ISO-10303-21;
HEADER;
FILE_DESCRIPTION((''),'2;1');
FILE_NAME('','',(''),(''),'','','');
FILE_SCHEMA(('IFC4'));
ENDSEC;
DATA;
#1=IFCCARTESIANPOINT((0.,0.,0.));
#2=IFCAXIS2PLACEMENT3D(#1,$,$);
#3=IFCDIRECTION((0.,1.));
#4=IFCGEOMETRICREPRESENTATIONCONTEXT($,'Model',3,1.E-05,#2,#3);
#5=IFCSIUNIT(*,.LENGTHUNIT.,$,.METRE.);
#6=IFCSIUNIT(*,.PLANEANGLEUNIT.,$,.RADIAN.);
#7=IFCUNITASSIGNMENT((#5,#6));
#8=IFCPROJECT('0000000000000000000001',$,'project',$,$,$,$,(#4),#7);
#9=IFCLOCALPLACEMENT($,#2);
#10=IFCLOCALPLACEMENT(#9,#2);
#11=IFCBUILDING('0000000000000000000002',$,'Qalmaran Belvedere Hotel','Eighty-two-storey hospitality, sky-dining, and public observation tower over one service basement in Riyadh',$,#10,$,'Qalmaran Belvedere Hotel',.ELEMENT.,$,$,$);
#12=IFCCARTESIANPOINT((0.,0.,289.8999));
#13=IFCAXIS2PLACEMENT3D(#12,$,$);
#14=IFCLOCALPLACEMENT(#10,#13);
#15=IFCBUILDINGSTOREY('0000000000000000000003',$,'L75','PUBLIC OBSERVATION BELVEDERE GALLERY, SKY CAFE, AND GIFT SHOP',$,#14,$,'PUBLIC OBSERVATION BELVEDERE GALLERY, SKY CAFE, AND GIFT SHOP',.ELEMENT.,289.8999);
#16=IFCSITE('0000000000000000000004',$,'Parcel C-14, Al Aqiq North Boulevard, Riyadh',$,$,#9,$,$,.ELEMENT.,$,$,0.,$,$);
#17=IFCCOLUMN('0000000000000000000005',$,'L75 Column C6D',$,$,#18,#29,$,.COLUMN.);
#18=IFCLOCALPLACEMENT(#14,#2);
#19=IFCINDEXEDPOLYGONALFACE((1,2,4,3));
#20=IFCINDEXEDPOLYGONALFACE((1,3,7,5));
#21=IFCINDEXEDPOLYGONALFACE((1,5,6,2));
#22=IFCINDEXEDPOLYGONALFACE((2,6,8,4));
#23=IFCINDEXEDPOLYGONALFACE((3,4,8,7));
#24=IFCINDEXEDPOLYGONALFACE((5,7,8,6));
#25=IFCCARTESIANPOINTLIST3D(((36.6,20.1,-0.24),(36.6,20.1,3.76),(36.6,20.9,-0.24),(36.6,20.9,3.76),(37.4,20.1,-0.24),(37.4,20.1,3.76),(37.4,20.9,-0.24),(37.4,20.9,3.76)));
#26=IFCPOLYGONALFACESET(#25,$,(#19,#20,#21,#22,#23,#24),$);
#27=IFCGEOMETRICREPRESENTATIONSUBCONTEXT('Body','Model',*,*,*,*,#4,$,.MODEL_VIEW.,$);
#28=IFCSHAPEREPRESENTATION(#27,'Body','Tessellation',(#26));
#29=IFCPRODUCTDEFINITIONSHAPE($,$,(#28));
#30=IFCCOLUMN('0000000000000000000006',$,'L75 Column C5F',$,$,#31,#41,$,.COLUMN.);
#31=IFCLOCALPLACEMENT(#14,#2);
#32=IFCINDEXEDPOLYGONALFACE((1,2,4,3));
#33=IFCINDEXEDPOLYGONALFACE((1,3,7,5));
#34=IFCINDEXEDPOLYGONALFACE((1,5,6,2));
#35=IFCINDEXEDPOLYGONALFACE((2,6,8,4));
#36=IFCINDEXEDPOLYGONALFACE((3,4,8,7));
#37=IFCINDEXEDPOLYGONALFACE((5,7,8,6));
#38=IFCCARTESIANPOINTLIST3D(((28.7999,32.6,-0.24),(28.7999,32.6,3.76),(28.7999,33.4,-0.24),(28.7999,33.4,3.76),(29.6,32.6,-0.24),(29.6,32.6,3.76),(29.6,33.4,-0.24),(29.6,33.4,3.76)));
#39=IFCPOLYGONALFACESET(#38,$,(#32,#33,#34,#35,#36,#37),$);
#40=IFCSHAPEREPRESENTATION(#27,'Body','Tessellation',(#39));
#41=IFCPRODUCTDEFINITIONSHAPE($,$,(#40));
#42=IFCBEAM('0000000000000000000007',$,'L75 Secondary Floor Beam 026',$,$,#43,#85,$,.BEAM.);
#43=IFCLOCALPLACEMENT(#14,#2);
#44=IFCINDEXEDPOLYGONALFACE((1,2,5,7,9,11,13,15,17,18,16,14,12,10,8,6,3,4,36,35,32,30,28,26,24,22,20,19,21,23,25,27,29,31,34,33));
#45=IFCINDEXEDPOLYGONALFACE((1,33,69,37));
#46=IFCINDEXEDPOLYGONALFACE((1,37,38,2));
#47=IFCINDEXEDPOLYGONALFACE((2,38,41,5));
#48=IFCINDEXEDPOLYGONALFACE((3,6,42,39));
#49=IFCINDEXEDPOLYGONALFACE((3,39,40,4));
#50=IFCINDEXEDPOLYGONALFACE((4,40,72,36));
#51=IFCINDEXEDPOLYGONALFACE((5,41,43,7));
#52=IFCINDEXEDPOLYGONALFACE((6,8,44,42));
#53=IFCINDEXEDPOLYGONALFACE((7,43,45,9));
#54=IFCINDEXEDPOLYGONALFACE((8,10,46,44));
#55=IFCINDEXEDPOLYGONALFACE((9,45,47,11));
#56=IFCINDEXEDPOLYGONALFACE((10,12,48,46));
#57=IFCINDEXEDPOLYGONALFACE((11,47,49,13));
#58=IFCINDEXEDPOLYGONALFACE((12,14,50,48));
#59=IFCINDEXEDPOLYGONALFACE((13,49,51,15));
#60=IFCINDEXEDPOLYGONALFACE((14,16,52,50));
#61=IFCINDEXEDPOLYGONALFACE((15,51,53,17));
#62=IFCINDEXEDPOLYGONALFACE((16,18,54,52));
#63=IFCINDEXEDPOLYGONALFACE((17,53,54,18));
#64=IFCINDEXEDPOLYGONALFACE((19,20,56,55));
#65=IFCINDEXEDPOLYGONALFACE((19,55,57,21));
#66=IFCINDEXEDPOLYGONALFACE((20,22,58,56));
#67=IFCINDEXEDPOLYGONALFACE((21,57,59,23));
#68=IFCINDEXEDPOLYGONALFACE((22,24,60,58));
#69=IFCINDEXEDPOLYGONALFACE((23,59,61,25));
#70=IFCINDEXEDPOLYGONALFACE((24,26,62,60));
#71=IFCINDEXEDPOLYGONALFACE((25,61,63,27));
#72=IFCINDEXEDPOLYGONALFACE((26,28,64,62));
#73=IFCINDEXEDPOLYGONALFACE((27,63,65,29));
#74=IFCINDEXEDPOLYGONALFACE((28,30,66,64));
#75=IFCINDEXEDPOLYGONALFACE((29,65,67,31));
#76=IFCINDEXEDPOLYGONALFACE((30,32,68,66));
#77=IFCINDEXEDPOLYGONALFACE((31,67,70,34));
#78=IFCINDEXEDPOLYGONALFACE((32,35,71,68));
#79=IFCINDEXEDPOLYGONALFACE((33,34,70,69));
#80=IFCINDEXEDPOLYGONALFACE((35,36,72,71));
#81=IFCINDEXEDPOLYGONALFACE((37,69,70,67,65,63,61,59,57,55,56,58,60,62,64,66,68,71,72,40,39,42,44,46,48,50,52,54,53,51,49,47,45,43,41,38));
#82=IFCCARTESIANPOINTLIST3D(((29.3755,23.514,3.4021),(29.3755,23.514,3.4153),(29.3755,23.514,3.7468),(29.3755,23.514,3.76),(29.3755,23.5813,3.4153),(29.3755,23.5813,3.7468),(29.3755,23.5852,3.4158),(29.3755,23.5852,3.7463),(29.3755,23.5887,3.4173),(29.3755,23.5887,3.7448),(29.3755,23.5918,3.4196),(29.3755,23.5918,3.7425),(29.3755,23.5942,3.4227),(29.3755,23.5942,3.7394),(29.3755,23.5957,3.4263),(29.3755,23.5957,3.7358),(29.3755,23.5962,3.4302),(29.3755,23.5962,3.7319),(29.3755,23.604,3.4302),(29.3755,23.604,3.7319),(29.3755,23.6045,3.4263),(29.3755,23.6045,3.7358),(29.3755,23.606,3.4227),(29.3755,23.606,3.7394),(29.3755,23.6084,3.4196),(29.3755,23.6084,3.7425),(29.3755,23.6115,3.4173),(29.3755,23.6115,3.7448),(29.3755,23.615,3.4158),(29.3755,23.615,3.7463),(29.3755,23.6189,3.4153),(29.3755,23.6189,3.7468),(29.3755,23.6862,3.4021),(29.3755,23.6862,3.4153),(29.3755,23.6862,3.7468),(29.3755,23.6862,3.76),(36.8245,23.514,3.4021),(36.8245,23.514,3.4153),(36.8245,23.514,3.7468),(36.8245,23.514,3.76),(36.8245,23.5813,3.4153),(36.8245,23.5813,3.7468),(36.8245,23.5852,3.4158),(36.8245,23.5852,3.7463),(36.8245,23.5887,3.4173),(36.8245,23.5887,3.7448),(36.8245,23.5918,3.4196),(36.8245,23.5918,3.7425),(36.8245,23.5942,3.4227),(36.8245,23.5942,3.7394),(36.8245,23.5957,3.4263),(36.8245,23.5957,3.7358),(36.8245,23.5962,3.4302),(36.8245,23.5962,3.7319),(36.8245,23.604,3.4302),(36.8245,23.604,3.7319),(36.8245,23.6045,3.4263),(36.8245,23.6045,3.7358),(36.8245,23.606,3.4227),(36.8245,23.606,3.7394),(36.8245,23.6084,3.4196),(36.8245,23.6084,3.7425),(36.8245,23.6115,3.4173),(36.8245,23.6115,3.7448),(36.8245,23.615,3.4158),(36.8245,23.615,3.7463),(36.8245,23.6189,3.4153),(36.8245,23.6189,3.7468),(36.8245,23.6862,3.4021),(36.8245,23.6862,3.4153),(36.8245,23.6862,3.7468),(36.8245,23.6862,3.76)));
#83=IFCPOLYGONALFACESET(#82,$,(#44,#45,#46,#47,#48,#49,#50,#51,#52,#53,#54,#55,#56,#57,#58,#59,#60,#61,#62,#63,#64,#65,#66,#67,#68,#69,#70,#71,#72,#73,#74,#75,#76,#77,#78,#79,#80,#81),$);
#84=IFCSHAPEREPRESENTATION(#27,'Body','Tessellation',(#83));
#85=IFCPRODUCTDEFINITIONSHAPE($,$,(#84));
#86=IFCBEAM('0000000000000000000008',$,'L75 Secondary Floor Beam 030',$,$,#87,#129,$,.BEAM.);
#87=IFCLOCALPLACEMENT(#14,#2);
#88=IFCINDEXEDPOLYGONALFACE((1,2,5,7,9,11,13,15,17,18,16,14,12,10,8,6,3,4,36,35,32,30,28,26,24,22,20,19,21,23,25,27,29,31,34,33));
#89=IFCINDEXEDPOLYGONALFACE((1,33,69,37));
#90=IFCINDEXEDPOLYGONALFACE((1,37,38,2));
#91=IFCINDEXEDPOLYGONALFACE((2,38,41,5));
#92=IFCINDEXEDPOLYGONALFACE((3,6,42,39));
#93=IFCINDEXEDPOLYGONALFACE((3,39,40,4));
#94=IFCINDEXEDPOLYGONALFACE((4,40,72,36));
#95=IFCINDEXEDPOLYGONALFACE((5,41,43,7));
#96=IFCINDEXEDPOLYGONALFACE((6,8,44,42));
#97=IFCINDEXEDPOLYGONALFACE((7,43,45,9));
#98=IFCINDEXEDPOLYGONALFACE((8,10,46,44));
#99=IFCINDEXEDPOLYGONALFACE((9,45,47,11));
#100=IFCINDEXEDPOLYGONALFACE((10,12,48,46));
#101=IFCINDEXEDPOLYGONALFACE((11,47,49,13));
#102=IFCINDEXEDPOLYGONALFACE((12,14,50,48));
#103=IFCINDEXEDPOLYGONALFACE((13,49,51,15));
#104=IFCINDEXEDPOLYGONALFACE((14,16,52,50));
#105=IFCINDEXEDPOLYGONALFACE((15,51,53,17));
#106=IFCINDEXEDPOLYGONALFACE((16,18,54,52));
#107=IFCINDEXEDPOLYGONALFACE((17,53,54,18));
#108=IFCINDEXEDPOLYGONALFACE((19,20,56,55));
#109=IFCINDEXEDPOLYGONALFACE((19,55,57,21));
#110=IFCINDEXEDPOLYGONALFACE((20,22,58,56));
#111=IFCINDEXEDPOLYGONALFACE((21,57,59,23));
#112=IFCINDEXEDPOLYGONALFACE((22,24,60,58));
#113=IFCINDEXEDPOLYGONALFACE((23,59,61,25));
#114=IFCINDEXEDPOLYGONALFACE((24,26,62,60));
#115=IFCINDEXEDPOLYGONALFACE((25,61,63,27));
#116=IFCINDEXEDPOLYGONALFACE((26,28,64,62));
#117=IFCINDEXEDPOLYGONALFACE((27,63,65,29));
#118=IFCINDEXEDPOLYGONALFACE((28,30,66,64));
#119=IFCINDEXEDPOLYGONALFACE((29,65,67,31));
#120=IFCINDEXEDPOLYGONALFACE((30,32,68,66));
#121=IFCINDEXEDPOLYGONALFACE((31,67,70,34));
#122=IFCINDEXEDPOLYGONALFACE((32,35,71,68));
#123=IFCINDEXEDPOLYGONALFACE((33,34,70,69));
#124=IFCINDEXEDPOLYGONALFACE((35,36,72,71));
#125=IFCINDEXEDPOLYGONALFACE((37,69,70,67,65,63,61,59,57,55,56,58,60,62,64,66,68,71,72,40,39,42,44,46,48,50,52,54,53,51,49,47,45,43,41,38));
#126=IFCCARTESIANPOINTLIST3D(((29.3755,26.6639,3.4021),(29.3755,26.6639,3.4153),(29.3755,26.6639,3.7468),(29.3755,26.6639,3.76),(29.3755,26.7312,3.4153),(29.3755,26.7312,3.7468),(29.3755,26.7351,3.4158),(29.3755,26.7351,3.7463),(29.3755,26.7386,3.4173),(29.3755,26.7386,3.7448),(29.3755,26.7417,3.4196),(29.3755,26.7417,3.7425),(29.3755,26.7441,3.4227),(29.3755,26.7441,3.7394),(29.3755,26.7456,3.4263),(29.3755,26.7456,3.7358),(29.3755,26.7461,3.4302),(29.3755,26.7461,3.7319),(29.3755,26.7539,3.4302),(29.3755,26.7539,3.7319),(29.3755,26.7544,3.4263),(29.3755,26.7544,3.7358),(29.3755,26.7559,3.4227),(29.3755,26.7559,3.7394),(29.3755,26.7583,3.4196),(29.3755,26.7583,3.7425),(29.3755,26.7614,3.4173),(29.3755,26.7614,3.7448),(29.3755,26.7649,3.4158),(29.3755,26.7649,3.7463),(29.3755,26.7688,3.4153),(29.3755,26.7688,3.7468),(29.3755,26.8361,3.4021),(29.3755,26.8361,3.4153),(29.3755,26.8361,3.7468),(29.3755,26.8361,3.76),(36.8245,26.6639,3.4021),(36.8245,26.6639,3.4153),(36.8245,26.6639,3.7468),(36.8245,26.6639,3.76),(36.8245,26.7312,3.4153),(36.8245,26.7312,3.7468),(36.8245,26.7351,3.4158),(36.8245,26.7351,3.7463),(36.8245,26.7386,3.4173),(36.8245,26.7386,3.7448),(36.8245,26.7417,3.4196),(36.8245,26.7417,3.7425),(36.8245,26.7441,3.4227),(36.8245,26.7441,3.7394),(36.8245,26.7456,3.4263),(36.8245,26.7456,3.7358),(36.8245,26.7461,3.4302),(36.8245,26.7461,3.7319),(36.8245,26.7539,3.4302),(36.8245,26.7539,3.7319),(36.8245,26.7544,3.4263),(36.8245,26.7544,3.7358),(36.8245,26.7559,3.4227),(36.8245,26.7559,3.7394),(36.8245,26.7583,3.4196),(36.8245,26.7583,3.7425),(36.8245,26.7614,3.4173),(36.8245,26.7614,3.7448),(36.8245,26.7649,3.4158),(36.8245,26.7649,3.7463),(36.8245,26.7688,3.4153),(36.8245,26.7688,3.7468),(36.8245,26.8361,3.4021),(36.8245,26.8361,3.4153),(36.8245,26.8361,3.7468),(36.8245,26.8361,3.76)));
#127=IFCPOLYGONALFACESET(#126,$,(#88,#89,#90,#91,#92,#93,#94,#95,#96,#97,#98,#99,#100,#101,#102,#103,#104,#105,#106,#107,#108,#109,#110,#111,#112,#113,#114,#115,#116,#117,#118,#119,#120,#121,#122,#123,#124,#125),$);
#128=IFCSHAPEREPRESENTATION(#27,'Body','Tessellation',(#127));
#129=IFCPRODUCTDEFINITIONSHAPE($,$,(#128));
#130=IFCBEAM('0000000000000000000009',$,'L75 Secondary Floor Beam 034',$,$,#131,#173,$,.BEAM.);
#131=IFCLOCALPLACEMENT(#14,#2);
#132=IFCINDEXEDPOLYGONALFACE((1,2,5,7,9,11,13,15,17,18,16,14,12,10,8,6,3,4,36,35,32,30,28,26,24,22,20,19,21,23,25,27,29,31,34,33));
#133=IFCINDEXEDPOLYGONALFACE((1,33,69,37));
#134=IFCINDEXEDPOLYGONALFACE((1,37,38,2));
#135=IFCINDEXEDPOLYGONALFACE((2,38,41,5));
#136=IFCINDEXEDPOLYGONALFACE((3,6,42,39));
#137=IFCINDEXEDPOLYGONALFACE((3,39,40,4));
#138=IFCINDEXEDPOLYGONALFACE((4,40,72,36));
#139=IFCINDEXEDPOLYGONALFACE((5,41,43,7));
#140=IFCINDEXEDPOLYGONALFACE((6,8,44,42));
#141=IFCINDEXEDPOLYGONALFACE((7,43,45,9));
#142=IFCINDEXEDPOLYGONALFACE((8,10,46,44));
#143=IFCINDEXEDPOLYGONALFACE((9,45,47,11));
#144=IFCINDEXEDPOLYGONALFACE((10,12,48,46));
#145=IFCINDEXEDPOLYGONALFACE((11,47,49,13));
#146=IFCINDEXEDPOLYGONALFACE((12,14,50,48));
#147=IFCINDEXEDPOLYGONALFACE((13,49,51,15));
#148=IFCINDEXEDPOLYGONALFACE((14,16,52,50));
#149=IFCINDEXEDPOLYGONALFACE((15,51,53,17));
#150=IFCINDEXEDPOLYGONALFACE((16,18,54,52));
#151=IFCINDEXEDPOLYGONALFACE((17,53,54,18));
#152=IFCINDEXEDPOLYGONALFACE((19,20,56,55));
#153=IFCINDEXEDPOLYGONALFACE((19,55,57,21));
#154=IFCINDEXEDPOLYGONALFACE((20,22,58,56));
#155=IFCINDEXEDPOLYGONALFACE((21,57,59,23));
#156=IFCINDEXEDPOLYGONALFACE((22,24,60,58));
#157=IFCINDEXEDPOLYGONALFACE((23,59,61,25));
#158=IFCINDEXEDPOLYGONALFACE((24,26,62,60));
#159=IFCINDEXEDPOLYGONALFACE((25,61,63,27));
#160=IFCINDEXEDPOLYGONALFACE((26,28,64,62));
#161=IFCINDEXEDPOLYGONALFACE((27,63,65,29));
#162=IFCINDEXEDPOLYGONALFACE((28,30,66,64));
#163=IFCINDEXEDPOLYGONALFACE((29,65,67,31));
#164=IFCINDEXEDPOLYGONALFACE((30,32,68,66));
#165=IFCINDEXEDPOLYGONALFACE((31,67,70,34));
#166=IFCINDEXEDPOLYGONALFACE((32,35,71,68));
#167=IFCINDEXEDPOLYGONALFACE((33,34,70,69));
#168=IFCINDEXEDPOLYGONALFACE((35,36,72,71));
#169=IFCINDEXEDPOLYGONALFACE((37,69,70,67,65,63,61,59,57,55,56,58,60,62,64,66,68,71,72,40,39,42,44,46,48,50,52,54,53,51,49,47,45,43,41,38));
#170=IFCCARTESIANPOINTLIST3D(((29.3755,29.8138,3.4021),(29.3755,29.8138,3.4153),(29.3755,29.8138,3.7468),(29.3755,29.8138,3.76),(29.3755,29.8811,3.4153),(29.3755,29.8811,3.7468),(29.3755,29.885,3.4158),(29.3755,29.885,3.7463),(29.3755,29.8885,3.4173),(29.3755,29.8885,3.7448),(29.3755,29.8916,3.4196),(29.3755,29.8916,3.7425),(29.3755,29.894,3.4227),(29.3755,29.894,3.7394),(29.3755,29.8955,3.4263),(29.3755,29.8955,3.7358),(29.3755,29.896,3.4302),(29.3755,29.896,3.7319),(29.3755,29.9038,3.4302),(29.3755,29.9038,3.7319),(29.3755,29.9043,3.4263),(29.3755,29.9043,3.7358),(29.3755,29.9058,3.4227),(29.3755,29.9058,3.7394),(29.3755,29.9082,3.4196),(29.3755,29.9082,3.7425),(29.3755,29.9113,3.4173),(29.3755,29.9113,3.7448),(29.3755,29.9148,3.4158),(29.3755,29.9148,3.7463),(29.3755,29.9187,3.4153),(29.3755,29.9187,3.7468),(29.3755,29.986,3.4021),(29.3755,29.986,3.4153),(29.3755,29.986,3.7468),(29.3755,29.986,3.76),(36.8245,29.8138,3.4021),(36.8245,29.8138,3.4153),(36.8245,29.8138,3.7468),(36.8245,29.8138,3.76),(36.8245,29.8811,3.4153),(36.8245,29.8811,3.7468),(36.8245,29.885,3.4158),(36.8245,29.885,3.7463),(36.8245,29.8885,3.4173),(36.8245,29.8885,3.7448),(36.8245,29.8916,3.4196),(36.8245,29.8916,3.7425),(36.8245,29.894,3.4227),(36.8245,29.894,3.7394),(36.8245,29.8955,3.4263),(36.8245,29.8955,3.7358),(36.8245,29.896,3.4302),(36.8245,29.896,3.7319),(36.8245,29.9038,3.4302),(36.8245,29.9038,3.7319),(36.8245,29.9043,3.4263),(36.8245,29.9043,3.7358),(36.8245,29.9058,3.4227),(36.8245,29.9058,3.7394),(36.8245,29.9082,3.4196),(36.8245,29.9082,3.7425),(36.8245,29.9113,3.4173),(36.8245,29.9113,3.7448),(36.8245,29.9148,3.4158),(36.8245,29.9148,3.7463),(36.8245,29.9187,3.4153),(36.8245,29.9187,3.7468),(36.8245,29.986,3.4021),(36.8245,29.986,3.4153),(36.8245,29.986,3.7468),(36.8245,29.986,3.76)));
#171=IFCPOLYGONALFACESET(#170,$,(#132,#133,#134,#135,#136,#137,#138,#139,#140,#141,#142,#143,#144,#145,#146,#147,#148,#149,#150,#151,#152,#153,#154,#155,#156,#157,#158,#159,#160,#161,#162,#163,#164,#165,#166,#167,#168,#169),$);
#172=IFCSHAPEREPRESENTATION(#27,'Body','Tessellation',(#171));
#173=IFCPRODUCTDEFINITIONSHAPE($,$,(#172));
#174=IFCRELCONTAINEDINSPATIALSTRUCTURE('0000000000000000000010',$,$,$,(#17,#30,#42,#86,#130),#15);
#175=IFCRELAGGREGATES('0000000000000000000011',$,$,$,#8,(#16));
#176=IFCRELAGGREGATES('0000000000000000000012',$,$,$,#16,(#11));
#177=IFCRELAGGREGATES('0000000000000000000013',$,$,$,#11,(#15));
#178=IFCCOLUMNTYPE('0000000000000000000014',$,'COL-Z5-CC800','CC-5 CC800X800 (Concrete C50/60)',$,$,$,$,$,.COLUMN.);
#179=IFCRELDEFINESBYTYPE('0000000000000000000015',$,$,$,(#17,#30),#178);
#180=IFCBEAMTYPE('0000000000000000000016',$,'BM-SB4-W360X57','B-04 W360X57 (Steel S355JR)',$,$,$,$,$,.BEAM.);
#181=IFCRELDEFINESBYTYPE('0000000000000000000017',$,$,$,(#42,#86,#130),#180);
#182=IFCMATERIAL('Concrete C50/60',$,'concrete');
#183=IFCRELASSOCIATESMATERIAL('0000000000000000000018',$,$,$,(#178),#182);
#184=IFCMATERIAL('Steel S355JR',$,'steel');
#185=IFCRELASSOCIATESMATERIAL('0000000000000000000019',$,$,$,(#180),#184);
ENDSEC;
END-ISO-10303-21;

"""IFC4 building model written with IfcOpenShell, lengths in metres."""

from ifc_helpers import new_model, si_unit, direction, frame, origin, origin_2d, place, context, subcontext, project, spatial, rectangle, i_section, extrude, material, material_profile, profile_set, type_object, element, save


model = new_model("IFC4")

# Units and contexts
model_context = context("Model", 3, precision=1e-05, world=origin(), true_north=direction((0.0, 1.0)))
body_context = subcontext(model_context, "Body", "Model", "MODEL_VIEW")
ifc_project = project(units=[si_unit("LENGTHUNIT", "METRE"), si_unit("PLANEANGLEUNIT", "RADIAN")], contexts=[model_context])

# Site, building, storey
site_placement = place(None, origin())
site = spatial("IfcSite", under=ifc_project, at=site_placement, Name="Parcel C-14, Al Aqiq North Boulevard, Riyadh", CompositionType="ELEMENT", RefElevation=0.0)
building_placement = place(site_placement, origin())
building = spatial("IfcBuilding", under=site, at=building_placement, Name="Qalmaran Belvedere Hotel", Description="Eighty-two-storey hospitality, sky-dining, and public observation tower over one service basement in Riyadh", LongName="Qalmaran Belvedere Hotel", CompositionType="ELEMENT")
storey_placement = place(building_placement, frame((0.0, 0.0, 289.8999)))
storey = spatial("IfcBuildingStorey", under=building, at=storey_placement, Name="L75", Description="PUBLIC OBSERVATION BELVEDERE GALLERY, SKY CAFE, AND GIFT SHOP", LongName="PUBLIC OBSERVATION BELVEDERE GALLERY, SKY CAFE, AND GIFT SHOP", CompositionType="ELEMENT", Elevation=289.8999)

# Columns
ifc_material_1 = material(Name="Concrete C50/60", Category="concrete")
ifc_material_profile_1 = material_profile(ifc_material_1, rectangle(XDim=0.8, YDim=0.8, at=origin_2d()), Name="CC800X800")
ifc_profile_set_1 = profile_set([ifc_material_profile_1], Name="Concrete C50/60")
column_type = type_object("IfcColumnType", Name="COL-Z5-CC800", Description="CC-5 CC800X800 (Concrete C50/60)", PredefinedType="COLUMN", material=ifc_profile_set_1)
for number, where, z_axis, x_axis, name in (
    (1, (37.0, 20.5, -0.24), (0.0, 0.0, 1.0), (1.0, 0.0, 0.0), "L75 Column C6D"),
    (2, (29.2, 33.0, -0.24), (0.0, 0.0, 1.0), (1.0, 0.0, 0.0), "L75 Column C5F"),
):
    element("IfcColumn", number, at=place(storey_placement, frame(where, z_axis=z_axis, x_axis=x_axis)), inside=storey, type_object=column_type, Name=name, PredefinedType="COLUMN", context=body_context, shape_type="SweptSolid", body=[
        extrude(rectangle(XDim=0.8, YDim=0.8, at=origin_2d()), origin(), (0.0, 0.0, 1.0), 4.0),
    ])

# Beams
ifc_material_2 = material(Name="Steel S355JR", Category="steel")
ifc_material_profile_2 = material_profile(ifc_material_2, i_section(OverallWidth=0.1721, OverallDepth=0.3579, WebThickness=0.0078, FlangeThickness=0.0132, FilletRadius=0.0149, at=origin_2d()), Name="W360X57")
ifc_profile_set_2 = profile_set([ifc_material_profile_2], Name="Steel S355JR")
beam_type_1 = type_object("IfcBeamType", Name="BM-SB4-W360X57", Description="B-04 W360X57 (Steel S355JR)", PredefinedType="BEAM", material=ifc_profile_set_2)
for number, where, z_axis, x_axis, name in (
    (3, (29.3755, 23.6001, 3.5811), (1.0, 0.0, 0.0), (0.0, 1.0, 0.0), "L75 Secondary Floor Beam 026"),
    (4, (29.3755, 26.75, 3.5811), (1.0, 0.0, 0.0), (0.0, 1.0, 0.0), "L75 Secondary Floor Beam 030"),
    (5, (29.3755, 29.8999, 3.5811), (1.0, 0.0, 0.0), (0.0, 1.0, 0.0), "L75 Secondary Floor Beam 034"),
):
    element("IfcBeam", number, at=place(storey_placement, frame(where, z_axis=z_axis, x_axis=x_axis)), inside=storey, type_object=beam_type_1, Name=name, PredefinedType="BEAM", context=body_context, shape_type="SweptSolid", body=[
        extrude(i_section(OverallWidth=0.1721, OverallDepth=0.3579, WebThickness=0.0078, FlangeThickness=0.0132, FilletRadius=0.0149, at=origin_2d()), origin(), (0.0, 0.0, 1.0), 7.449),
    ])

save(model, "model.ifc")
